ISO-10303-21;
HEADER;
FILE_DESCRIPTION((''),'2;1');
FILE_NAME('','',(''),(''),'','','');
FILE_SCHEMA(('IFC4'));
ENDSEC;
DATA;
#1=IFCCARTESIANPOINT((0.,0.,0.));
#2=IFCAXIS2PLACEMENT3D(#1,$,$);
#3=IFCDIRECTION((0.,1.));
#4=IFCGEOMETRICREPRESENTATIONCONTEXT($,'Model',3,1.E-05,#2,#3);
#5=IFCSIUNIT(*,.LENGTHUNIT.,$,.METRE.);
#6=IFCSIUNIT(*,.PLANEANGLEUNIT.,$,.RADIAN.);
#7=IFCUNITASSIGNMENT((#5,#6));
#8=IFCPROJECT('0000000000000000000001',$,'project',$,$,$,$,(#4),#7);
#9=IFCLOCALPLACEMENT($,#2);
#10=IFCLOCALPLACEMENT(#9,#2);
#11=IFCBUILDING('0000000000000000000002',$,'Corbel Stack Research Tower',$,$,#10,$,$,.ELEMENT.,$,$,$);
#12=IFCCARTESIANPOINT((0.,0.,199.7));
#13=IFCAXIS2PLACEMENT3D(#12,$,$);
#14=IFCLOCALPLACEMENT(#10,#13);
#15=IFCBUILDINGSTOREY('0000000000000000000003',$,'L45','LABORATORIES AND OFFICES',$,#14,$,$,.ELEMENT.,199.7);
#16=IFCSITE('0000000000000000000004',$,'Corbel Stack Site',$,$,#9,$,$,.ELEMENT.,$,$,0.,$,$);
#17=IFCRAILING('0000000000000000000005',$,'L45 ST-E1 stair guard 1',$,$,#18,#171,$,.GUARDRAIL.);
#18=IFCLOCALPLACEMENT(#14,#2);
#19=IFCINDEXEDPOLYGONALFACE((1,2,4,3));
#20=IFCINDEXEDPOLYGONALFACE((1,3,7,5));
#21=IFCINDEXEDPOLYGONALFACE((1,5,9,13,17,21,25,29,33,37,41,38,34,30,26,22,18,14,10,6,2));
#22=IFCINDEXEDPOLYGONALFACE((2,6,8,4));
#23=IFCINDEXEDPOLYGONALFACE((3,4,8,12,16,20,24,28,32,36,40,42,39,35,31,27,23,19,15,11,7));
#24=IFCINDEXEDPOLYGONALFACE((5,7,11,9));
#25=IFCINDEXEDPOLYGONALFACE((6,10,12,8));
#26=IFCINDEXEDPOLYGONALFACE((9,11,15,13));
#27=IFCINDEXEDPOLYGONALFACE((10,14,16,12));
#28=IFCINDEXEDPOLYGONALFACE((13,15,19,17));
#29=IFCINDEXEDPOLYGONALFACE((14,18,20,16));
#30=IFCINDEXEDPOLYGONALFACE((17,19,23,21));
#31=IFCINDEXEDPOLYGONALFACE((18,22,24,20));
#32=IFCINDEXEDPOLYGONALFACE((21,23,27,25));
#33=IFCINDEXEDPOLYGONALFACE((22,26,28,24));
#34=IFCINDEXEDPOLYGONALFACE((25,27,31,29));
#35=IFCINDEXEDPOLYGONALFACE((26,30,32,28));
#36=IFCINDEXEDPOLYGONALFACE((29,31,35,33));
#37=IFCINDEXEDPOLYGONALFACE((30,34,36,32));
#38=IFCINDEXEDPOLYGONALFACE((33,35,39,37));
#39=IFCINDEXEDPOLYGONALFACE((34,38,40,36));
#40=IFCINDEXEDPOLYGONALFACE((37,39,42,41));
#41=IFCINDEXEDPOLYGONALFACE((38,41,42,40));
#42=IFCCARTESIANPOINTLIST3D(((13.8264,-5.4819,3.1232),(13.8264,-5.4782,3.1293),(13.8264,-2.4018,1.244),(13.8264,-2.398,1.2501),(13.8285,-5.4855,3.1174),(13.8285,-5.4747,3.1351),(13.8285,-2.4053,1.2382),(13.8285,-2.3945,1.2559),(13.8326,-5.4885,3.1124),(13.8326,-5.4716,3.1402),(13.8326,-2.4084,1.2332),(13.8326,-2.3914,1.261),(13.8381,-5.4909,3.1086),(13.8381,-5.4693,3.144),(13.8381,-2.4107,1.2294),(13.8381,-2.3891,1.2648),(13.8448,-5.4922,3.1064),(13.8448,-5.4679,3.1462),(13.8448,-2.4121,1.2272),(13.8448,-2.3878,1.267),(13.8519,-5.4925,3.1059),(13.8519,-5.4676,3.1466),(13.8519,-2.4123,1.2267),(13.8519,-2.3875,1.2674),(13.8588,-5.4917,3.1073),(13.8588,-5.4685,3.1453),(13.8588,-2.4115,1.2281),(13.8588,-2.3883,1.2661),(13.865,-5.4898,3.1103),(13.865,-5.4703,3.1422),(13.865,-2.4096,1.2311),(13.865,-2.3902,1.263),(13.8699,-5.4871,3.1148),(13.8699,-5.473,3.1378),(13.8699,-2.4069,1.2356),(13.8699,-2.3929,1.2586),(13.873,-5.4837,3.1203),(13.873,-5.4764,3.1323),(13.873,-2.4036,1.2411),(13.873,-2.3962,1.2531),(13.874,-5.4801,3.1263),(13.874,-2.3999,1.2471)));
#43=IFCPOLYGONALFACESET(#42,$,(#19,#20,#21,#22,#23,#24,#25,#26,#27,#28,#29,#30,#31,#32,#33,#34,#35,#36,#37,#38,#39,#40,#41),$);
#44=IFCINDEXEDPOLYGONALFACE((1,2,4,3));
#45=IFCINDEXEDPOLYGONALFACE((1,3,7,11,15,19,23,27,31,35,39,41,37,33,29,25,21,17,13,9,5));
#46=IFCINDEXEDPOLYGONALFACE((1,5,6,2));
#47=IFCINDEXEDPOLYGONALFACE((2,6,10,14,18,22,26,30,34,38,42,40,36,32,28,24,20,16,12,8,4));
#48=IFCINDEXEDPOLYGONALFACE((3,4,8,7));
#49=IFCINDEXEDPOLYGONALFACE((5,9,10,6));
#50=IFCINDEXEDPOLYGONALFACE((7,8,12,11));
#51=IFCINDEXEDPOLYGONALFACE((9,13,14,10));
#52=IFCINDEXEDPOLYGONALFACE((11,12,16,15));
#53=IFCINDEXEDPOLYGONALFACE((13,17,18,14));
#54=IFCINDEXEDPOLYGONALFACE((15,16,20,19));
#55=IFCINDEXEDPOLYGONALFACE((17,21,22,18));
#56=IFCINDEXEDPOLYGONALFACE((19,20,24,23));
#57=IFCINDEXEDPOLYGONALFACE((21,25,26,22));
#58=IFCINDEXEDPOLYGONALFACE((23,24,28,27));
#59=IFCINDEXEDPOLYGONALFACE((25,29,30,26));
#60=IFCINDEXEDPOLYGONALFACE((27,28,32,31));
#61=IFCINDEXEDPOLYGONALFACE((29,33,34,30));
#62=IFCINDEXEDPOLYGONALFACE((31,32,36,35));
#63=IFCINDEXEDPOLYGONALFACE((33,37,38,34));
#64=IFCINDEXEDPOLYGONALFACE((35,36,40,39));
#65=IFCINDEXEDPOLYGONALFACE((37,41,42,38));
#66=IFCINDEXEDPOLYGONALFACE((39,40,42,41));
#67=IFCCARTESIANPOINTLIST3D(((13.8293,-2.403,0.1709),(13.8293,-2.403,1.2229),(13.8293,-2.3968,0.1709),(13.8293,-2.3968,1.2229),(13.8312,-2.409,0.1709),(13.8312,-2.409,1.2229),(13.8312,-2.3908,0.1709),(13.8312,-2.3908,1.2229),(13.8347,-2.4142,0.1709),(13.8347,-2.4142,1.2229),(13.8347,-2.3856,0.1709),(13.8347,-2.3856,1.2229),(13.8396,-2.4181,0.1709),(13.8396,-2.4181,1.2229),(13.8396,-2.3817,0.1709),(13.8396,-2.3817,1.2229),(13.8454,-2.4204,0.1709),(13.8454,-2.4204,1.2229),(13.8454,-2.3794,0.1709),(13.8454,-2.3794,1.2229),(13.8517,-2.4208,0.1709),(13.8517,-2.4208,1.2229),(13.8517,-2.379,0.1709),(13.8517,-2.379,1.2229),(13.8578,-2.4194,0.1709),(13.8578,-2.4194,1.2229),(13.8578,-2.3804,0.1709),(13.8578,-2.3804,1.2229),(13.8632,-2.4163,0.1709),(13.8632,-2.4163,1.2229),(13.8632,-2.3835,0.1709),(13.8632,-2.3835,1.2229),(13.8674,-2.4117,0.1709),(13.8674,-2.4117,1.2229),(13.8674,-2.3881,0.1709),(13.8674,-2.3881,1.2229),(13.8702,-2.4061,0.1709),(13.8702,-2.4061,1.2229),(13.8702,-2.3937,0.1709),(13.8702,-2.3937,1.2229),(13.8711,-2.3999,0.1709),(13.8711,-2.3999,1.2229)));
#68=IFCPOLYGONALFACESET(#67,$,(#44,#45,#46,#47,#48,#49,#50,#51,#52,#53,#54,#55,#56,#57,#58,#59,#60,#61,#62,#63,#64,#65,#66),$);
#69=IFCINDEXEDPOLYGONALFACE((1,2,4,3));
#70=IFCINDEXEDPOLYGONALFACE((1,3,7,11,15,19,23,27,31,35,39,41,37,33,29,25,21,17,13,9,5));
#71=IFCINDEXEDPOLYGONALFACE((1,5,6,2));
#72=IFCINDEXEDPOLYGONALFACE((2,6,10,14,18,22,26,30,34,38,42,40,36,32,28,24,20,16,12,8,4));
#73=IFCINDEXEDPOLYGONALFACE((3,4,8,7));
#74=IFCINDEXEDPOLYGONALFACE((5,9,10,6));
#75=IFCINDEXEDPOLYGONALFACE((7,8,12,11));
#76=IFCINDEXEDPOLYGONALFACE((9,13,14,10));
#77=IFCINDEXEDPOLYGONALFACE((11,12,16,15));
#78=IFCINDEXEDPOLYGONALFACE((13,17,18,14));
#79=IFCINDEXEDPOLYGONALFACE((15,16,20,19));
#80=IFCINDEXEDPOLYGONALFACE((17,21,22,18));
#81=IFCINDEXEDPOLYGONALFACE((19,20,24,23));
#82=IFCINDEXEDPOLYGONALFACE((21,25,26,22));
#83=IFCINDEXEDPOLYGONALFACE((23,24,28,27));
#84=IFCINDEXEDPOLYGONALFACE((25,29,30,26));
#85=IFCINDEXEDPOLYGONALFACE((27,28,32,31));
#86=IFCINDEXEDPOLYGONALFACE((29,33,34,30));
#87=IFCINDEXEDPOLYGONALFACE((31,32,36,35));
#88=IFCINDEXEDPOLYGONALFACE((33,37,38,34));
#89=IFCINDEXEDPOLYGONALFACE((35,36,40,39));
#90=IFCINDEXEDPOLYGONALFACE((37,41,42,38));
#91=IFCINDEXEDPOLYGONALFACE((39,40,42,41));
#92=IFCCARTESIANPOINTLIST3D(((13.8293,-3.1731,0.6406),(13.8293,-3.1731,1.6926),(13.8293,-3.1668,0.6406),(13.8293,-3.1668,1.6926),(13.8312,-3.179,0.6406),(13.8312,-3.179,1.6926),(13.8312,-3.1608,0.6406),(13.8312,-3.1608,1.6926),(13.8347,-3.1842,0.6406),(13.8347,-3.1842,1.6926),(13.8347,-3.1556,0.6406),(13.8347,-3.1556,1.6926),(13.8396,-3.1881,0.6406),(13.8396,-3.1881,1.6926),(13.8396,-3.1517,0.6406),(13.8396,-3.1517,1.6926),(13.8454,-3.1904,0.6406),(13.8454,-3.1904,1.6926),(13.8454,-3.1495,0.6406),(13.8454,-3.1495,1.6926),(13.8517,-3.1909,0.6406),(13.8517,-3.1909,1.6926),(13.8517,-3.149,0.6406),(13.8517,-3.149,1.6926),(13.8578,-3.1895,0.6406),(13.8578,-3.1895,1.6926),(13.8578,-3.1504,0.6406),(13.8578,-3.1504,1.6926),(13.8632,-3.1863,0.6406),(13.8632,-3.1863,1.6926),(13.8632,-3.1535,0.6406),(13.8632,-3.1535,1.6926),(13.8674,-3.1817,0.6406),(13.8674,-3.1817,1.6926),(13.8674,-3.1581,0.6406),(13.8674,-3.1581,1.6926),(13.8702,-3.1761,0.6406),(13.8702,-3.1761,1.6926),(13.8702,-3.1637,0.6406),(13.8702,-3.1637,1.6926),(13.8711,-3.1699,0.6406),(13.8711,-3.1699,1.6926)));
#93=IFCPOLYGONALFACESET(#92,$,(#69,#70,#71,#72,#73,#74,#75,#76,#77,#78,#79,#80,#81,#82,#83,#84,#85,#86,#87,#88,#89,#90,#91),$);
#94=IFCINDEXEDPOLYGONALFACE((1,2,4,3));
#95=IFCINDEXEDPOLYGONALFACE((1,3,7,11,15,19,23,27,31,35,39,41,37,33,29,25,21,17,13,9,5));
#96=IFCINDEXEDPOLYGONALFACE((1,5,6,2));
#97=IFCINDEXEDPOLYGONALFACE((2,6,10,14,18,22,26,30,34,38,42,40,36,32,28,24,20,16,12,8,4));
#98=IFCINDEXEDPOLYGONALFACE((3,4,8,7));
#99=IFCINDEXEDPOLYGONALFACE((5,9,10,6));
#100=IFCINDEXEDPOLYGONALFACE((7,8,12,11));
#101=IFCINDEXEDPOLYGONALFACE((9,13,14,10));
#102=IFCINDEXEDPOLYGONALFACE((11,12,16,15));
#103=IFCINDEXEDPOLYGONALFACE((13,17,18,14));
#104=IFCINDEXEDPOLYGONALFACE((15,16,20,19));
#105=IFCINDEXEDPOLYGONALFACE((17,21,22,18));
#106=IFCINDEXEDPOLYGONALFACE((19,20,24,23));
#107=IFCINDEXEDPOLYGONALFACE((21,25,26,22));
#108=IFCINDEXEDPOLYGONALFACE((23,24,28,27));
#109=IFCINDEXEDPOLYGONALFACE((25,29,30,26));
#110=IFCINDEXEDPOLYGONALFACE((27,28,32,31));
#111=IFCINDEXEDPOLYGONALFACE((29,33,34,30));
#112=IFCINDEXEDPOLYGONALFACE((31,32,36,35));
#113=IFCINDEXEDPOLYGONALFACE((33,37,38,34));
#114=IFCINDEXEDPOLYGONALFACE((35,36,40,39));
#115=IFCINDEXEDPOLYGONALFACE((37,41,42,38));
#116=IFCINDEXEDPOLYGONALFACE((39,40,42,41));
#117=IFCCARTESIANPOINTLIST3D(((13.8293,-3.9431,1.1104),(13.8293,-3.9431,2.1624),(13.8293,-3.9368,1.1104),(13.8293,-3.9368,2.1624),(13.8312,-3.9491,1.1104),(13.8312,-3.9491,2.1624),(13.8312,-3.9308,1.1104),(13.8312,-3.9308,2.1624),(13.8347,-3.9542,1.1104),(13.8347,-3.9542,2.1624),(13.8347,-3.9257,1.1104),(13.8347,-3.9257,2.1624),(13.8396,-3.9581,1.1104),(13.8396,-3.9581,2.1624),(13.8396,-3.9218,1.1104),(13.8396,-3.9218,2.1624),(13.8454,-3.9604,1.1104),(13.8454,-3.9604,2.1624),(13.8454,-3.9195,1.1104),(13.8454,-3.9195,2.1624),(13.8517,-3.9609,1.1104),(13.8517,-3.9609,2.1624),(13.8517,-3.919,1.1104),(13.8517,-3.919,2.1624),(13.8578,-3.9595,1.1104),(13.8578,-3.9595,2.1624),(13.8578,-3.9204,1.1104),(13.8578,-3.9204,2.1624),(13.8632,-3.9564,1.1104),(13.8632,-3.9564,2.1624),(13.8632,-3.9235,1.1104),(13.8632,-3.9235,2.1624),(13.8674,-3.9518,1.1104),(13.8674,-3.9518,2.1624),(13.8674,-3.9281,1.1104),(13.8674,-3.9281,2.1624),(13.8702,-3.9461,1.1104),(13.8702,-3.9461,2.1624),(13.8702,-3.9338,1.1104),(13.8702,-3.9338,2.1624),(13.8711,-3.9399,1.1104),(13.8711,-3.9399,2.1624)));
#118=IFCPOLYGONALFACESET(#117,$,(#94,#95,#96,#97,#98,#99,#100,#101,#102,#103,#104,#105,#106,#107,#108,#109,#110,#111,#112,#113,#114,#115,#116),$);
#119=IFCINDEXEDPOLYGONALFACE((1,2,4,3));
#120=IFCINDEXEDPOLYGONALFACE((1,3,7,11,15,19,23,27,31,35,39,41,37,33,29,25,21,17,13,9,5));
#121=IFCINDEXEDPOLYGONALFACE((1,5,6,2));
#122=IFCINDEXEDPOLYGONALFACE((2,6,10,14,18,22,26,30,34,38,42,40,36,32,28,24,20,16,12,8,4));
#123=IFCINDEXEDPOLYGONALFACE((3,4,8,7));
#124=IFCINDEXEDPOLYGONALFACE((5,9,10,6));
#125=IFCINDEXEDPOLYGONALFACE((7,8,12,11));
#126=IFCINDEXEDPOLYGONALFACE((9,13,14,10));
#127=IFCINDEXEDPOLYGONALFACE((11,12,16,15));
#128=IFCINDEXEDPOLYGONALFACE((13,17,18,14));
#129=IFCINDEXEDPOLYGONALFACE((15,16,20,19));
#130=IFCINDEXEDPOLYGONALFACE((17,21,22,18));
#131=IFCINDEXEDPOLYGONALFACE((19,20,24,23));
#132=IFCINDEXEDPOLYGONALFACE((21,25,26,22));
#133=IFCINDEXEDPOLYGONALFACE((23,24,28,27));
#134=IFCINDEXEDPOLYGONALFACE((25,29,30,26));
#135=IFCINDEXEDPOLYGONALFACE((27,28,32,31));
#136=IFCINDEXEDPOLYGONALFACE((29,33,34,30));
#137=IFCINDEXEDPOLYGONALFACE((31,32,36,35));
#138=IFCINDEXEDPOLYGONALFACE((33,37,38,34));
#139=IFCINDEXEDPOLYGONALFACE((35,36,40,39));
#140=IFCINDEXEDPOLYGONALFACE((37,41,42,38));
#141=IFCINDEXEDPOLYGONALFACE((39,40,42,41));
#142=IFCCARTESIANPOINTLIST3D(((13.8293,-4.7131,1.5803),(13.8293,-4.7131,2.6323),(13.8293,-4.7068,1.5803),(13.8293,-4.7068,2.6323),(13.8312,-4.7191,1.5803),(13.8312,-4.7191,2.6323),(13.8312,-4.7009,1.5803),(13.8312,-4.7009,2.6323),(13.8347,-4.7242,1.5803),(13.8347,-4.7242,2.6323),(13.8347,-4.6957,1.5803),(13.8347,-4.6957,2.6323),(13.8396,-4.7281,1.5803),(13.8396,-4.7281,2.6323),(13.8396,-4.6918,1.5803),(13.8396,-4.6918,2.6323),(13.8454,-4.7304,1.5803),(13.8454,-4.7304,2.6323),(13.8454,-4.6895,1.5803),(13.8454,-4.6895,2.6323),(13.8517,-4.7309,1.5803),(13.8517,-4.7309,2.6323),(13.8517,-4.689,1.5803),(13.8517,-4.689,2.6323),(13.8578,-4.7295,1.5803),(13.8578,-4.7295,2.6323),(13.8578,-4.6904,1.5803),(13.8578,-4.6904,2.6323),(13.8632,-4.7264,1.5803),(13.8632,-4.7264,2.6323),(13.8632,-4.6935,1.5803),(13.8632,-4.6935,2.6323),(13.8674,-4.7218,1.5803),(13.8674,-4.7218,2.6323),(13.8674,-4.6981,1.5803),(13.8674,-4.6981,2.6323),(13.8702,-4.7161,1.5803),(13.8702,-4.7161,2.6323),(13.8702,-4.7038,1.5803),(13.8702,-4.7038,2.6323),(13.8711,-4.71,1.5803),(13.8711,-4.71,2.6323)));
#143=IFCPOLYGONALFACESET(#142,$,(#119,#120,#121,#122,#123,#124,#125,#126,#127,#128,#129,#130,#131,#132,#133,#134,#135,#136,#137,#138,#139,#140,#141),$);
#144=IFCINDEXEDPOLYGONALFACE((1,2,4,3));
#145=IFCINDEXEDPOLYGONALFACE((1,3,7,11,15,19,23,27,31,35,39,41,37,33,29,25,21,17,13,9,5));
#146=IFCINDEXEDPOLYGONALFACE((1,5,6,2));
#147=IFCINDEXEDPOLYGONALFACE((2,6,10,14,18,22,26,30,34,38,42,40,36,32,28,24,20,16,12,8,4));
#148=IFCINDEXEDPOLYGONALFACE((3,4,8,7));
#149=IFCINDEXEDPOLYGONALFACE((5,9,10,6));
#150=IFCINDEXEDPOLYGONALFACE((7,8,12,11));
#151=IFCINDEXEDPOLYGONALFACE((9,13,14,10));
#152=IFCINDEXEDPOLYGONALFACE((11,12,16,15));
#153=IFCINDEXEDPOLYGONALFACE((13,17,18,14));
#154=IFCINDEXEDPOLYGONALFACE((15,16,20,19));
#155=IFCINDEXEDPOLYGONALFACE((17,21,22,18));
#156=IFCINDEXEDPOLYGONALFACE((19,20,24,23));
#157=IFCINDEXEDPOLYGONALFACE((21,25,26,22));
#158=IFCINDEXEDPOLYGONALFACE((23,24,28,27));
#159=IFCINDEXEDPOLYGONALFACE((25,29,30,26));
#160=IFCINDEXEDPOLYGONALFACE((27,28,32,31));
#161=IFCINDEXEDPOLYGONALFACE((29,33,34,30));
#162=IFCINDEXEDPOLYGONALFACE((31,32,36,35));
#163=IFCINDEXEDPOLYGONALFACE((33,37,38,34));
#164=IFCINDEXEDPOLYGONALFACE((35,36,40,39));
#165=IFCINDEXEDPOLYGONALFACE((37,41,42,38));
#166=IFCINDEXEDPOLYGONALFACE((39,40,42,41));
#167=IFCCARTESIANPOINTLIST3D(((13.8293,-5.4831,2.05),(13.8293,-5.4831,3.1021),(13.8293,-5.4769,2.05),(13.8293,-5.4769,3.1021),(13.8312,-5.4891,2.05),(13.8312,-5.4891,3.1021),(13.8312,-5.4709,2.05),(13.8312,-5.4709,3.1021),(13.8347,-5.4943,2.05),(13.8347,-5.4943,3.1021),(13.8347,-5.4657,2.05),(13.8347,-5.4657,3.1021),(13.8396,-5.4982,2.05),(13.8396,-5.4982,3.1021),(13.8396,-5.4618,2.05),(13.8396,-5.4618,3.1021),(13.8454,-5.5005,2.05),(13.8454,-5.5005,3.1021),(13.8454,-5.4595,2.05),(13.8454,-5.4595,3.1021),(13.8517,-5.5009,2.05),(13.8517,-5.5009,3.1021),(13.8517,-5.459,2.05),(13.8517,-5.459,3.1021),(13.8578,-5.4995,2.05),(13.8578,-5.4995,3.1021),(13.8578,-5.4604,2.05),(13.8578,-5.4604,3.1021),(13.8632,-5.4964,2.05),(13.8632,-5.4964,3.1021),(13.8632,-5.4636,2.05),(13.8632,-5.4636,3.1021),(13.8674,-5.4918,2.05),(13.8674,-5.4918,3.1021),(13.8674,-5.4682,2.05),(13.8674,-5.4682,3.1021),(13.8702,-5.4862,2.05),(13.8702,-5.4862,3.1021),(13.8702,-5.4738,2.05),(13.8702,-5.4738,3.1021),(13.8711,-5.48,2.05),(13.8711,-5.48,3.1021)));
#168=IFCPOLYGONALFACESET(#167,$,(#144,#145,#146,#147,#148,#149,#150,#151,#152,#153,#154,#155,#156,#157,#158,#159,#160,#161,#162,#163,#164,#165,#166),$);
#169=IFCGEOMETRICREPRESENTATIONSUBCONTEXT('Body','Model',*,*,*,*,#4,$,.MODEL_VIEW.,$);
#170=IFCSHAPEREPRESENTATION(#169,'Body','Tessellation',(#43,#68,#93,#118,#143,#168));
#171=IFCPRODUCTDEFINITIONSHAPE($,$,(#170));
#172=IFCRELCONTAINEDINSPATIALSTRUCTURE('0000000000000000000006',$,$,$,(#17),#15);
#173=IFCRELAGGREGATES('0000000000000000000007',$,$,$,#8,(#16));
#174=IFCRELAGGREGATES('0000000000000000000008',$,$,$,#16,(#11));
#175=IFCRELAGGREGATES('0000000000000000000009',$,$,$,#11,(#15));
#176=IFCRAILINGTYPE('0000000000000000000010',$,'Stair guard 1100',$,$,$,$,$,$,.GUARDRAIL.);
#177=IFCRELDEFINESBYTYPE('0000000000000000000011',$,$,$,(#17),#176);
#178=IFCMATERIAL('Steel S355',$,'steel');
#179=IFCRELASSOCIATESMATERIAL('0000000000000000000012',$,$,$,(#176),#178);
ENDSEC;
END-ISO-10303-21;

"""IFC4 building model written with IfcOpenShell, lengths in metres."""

from ifc_helpers import new_model, si_unit, direction, frame, origin, origin_2d, place, context, subcontext, project, spatial, circle, extrude, material, type_object, element, save


model = new_model("IFC4")

# Units and contexts
model_context = context("Model", 3, precision=1e-05, world=origin(), true_north=direction((0.0, 1.0)))
body_context = subcontext(model_context, "Body", "Model", "MODEL_VIEW")
ifc_project = project(units=[si_unit("LENGTHUNIT", "METRE"), si_unit("PLANEANGLEUNIT", "RADIAN")], contexts=[model_context])

# Site, building, storey
site_placement = place(None, origin())
site = spatial("IfcSite", under=ifc_project, at=site_placement, Name="Corbel Stack Site", CompositionType="ELEMENT", RefElevation=0.0)
building_placement = place(site_placement, origin())
building = spatial("IfcBuilding", under=site, at=building_placement, Name="Corbel Stack Research Tower", CompositionType="ELEMENT")
storey_placement = place(building_placement, frame((0.0, 0.0, 199.7)))
storey = spatial("IfcBuildingStorey", under=building, at=storey_placement, Name="L45", Description="LABORATORIES AND OFFICES", CompositionType="ELEMENT", Elevation=199.7)

# Railing
ifc_material_1 = material(Name="Steel S355", Category="steel")
railing_type_1 = type_object("IfcRailingType", Name="Stair guard 1100", PredefinedType="GUARDRAIL", material=ifc_material_1)
railing_1_placement = place(storey_placement, frame((13.8501, -2.3999, 0.1709)))
element("IfcRailing", 1, at=railing_1_placement, inside=storey, type_object=railing_type_1, Name="L45 ST-E1 stair guard 1", PredefinedType="GUARDRAIL", context=body_context, shape_type="SweptSolid", body=[
    extrude(circle(Radius=0.0239, at=origin_2d()), frame((0.0, 0.0, 1.0762), z_axis=(0.0, -0.853666, 0.52082), x_axis=(1.0, 0.0, 0.0)), (0.0, 0.0, 1.0), 3.6082),
    extrude(circle(Radius=0.021, at=origin_2d()), origin(), (0.0, 0.0, 1.0), 1.052),
    extrude(circle(Radius=0.021, at=origin_2d()), frame((0.0, -0.77, 0.4697)), (0.0, 0.0, 1.0), 1.052),
    extrude(circle(Radius=0.021, at=origin_2d()), frame((0.0, -1.54, 0.9395)), (0.0, 0.0, 1.0), 1.052),
    extrude(circle(Radius=0.021, at=origin_2d()), frame((0.0, -2.3101, 1.4094)), (0.0, 0.0, 1.0), 1.052),
    extrude(circle(Radius=0.021, at=origin_2d()), frame((0.0, -3.0801, 1.8792)), (0.0, 0.0, 1.0), 1.052),
])

save(model, "model.ifc")
